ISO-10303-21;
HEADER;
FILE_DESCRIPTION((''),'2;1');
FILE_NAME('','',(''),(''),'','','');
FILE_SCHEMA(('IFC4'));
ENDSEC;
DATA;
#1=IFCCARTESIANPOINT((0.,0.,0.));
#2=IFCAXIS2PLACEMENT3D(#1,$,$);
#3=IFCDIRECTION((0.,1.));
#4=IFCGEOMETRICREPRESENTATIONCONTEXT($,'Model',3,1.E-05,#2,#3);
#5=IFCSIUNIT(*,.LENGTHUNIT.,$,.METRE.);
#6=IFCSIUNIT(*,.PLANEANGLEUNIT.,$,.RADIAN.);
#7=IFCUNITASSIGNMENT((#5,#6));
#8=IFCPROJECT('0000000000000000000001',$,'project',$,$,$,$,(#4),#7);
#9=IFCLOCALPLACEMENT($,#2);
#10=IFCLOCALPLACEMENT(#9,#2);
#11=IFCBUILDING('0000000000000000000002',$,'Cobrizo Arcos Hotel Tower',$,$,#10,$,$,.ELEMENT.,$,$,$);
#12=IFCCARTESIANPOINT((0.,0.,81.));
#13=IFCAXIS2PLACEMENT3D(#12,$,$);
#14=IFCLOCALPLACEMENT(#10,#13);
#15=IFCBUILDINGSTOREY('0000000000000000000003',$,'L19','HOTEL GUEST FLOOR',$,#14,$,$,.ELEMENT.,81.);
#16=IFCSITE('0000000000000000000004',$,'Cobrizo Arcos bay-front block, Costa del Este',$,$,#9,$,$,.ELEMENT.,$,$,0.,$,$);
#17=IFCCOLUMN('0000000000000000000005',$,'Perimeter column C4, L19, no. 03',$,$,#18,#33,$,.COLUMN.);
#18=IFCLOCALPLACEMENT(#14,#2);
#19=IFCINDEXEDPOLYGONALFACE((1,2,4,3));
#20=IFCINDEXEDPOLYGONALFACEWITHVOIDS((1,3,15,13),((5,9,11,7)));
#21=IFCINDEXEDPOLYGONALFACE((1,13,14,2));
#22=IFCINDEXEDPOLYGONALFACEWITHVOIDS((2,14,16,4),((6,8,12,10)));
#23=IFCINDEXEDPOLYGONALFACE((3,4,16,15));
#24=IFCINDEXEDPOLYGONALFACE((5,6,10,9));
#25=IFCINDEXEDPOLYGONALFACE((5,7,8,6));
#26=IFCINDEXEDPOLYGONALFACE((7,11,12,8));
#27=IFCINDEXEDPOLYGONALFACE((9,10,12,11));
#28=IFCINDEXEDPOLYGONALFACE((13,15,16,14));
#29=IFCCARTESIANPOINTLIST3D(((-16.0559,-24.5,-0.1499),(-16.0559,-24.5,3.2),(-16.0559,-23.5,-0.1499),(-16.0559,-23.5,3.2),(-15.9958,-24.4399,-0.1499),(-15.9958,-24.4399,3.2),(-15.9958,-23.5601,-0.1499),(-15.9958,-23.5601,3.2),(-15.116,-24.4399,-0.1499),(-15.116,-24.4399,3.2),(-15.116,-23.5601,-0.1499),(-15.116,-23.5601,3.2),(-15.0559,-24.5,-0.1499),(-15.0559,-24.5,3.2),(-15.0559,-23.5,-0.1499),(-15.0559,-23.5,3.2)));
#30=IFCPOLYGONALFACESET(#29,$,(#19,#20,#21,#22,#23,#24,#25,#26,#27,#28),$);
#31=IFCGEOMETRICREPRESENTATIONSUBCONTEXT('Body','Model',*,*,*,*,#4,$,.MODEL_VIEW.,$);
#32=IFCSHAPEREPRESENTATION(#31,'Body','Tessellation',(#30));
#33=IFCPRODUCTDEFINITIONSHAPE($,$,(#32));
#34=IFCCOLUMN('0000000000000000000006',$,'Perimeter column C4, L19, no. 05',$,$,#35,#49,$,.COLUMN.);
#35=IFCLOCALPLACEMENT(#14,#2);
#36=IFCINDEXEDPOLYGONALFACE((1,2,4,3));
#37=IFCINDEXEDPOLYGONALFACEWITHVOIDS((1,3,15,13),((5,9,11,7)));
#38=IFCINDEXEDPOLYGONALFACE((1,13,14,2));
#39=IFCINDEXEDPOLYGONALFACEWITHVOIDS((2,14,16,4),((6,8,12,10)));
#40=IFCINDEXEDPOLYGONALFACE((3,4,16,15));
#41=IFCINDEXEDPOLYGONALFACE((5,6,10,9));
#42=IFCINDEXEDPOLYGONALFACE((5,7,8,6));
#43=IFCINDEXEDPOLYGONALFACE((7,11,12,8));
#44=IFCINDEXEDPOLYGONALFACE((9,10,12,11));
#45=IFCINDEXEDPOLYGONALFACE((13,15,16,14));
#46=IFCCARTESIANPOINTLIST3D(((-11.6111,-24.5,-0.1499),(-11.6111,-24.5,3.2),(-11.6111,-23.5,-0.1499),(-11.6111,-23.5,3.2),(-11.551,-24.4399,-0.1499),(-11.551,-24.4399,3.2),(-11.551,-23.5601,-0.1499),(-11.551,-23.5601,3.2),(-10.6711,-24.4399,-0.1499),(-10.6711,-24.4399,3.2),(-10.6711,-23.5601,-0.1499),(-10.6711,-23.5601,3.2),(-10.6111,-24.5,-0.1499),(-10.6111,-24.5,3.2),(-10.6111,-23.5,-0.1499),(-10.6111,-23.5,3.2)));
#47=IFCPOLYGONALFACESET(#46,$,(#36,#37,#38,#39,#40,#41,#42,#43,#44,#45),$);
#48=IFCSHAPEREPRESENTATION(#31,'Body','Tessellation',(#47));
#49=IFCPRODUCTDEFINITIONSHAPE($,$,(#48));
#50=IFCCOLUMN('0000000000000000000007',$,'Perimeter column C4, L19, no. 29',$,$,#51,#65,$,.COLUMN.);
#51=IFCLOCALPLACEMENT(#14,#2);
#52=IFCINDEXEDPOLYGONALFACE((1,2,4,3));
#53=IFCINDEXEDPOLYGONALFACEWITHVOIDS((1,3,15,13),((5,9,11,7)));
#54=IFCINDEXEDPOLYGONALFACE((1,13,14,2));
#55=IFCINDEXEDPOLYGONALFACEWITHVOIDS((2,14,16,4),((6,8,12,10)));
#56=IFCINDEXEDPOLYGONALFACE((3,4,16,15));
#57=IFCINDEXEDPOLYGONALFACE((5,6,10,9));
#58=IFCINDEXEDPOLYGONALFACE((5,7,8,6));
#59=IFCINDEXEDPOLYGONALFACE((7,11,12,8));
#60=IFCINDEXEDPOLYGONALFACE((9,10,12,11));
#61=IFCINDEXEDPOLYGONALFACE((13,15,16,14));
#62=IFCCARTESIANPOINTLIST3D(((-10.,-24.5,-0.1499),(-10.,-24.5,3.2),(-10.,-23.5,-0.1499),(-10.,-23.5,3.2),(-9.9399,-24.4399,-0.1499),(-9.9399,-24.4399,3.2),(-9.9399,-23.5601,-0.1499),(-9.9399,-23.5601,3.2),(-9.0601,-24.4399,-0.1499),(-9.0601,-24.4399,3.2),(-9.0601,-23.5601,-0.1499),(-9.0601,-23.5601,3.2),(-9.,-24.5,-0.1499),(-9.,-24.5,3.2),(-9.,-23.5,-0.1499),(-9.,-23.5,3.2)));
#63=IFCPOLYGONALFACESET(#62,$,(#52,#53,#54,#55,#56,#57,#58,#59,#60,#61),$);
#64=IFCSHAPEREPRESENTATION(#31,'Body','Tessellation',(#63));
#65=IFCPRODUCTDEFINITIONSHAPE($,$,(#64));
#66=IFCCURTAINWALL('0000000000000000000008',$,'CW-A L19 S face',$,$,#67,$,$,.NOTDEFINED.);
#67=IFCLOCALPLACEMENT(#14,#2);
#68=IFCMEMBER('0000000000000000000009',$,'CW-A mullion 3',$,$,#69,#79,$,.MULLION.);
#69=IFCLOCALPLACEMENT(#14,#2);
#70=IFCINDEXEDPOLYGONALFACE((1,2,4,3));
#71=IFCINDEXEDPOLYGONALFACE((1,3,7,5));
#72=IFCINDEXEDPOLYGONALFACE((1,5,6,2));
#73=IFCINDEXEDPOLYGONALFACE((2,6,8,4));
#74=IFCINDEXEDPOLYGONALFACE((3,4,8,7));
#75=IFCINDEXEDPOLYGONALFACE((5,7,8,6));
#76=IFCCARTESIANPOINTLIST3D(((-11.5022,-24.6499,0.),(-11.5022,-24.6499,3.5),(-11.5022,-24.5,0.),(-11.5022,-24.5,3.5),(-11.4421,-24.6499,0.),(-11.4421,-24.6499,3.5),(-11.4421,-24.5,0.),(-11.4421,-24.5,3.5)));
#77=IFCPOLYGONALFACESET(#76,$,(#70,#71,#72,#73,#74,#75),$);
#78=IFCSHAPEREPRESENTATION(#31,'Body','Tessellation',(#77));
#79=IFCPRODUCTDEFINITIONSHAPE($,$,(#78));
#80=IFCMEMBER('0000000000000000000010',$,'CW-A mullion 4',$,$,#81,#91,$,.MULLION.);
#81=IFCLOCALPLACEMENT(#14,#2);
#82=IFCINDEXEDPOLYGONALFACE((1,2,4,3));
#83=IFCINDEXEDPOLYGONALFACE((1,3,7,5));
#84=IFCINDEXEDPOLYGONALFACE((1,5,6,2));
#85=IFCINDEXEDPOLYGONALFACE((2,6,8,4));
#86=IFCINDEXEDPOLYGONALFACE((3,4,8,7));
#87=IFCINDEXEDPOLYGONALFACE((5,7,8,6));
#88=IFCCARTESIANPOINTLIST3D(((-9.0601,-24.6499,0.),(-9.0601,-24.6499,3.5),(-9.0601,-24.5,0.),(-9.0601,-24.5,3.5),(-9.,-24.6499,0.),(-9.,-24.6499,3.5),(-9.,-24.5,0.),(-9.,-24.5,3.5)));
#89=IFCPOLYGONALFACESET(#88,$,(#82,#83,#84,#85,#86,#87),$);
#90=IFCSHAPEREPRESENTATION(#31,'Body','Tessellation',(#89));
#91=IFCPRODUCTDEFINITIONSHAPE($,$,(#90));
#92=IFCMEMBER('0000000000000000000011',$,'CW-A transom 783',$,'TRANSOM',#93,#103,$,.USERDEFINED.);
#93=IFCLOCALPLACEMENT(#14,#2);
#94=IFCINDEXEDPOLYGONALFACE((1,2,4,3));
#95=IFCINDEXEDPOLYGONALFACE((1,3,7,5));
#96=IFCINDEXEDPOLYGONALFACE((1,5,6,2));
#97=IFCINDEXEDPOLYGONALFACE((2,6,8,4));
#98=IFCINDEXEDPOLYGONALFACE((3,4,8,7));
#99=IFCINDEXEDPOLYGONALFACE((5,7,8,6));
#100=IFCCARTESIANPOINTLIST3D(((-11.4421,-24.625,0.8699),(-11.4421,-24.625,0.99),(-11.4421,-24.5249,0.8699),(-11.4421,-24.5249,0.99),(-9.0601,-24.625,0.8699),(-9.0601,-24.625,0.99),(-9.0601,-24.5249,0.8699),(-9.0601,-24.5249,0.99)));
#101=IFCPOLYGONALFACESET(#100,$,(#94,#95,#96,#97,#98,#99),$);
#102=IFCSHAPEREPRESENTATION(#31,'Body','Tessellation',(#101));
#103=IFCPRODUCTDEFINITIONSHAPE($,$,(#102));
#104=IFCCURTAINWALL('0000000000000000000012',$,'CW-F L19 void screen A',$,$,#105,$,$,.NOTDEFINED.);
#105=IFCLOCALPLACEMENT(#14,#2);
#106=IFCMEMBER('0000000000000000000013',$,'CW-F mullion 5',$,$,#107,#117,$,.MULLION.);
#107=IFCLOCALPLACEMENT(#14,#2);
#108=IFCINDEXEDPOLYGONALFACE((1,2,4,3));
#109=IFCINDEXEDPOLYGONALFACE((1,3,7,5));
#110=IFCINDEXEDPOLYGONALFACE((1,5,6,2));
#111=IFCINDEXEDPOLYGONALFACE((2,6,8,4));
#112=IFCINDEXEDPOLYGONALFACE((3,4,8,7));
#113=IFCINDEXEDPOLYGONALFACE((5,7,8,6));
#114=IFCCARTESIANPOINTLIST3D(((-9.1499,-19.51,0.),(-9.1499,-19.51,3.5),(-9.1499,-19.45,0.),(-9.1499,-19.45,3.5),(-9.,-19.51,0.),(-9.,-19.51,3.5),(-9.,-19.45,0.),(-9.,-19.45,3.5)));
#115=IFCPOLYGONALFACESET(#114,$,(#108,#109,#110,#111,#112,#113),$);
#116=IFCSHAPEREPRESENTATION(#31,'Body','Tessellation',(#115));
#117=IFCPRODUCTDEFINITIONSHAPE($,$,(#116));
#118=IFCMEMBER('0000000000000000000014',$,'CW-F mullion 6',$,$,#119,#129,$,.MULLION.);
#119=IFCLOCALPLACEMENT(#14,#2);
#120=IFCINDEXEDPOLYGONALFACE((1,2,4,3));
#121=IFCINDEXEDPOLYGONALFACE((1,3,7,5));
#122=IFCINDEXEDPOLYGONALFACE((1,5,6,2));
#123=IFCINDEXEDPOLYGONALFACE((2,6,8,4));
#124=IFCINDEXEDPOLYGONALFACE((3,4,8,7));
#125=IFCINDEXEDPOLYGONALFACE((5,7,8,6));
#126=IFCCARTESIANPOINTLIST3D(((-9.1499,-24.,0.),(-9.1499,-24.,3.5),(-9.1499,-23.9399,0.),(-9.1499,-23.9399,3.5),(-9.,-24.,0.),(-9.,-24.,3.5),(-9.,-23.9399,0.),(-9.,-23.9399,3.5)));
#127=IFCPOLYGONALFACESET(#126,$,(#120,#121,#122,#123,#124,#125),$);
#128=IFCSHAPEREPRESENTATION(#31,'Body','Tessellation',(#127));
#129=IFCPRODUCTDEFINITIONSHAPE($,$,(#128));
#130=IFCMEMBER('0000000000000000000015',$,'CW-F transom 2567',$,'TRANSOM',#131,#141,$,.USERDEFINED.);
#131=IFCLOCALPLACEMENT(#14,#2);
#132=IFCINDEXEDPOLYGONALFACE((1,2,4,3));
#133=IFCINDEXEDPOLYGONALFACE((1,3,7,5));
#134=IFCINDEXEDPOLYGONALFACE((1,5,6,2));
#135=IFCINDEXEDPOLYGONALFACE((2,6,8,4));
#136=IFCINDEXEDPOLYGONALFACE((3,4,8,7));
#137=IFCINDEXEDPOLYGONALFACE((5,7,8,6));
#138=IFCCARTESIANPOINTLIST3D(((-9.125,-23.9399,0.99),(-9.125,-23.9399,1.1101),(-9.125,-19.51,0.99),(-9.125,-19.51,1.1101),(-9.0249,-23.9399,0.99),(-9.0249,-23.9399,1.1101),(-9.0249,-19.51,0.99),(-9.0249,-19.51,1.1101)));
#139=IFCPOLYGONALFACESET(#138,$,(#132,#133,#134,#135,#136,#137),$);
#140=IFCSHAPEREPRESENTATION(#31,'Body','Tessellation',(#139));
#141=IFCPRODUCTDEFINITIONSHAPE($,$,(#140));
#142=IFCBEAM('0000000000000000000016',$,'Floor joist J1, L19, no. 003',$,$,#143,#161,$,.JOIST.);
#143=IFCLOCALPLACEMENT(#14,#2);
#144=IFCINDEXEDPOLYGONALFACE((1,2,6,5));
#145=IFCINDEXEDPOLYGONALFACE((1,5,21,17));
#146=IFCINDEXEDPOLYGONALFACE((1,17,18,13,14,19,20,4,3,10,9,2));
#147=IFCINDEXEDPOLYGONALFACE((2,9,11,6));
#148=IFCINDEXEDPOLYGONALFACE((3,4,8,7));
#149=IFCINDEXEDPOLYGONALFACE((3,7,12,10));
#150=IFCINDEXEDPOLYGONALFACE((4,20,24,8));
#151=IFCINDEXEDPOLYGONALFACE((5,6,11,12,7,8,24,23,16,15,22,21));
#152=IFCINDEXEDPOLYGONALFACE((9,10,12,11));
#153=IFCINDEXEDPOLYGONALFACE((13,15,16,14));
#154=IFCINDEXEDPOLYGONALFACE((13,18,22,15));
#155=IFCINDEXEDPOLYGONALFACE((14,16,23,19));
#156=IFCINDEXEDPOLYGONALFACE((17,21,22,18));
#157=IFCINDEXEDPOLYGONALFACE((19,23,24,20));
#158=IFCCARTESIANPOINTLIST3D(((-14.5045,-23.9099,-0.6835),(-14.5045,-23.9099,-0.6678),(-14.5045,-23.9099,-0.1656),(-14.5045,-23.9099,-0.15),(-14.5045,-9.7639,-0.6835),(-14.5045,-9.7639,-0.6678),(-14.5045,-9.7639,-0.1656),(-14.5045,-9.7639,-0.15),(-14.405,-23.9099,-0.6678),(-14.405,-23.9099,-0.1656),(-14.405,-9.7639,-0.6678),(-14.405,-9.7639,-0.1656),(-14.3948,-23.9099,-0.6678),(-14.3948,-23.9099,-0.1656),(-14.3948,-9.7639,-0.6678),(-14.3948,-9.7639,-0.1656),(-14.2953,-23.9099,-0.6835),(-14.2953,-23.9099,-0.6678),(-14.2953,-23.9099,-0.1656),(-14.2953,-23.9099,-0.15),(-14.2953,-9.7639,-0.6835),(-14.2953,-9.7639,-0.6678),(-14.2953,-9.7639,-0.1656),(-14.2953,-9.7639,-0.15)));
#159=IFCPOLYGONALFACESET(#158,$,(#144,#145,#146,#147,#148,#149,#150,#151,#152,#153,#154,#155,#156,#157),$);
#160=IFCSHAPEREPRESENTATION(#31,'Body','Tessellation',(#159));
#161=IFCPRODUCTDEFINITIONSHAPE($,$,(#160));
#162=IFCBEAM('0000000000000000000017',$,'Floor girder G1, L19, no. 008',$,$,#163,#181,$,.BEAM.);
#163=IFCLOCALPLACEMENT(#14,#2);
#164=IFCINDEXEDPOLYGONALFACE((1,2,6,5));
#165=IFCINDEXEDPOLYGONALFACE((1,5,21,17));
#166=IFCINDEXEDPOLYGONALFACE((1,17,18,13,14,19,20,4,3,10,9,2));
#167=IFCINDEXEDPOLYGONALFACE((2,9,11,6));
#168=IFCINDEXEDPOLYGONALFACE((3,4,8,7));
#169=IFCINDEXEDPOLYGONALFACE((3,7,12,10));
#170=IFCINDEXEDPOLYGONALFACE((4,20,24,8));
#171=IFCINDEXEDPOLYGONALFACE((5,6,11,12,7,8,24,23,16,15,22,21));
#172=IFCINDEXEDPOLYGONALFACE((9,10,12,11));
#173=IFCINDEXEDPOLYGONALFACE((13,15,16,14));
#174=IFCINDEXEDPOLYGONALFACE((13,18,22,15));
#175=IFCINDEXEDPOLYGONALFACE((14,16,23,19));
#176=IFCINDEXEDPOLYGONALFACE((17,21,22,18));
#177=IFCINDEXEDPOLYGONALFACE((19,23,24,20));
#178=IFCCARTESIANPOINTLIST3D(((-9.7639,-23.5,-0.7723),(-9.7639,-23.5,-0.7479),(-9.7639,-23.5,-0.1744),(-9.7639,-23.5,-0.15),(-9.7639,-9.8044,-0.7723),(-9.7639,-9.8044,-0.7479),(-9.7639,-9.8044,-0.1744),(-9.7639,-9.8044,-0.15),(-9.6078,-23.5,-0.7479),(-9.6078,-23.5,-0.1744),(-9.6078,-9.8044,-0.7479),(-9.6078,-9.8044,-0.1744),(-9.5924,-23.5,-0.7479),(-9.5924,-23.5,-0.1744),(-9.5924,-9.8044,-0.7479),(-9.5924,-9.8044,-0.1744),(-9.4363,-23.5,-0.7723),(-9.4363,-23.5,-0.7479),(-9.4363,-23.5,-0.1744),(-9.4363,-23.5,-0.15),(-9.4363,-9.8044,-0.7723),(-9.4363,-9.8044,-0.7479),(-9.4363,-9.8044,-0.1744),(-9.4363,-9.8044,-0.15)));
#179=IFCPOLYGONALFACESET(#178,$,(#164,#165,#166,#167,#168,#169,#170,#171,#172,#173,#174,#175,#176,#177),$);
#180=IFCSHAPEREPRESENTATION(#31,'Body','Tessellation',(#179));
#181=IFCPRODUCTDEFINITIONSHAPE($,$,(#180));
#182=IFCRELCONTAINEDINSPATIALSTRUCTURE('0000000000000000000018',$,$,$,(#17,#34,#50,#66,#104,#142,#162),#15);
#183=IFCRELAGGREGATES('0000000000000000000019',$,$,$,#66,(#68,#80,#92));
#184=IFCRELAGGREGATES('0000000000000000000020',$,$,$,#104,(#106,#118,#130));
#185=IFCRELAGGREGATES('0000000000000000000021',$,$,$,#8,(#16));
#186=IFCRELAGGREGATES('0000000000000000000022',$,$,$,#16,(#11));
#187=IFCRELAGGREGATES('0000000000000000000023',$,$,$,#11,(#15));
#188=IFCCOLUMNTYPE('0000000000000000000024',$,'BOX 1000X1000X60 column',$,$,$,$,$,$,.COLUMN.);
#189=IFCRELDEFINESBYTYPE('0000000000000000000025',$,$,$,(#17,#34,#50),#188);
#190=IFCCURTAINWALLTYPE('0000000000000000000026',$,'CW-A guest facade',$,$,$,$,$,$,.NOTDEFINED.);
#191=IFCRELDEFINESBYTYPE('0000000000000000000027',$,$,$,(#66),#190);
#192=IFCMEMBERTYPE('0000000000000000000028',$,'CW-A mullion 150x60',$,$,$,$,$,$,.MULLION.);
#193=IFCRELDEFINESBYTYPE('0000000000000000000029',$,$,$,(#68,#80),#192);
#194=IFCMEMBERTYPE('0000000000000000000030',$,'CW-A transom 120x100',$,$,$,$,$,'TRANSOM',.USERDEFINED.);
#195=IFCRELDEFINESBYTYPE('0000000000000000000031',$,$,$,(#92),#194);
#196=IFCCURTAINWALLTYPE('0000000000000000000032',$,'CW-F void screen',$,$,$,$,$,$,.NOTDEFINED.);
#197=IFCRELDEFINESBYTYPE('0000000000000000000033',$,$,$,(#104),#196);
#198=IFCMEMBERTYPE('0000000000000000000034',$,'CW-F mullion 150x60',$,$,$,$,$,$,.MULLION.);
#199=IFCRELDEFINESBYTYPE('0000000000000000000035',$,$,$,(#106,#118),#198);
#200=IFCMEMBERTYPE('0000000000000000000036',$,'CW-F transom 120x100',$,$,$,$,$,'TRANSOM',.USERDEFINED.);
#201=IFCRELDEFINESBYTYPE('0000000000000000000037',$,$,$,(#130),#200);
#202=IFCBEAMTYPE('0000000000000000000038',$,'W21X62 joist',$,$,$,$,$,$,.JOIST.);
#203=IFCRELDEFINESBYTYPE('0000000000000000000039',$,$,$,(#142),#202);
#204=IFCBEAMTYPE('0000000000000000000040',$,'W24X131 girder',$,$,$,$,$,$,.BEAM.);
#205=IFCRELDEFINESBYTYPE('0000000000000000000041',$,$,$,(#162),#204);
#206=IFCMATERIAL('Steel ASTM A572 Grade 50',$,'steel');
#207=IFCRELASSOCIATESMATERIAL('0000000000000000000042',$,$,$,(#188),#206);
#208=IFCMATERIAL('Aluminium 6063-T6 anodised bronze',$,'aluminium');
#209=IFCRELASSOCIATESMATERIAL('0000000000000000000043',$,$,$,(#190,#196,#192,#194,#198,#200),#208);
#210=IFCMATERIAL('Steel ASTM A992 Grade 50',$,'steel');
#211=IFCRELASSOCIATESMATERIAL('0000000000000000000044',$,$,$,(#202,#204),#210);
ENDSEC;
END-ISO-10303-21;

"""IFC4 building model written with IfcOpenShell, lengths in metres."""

from ifc_helpers import new_model, si_unit, direction, frame, origin, origin_2d, place, context, subcontext, project, spatial, rectangle, hollow_rectangle, i_section, extrude, material, material_profile, profile_set, type_object, element, aggregate, save


model = new_model("IFC4")

# Units and contexts
model_context = context("Model", 3, precision=1e-05, world=origin(), true_north=direction((0.0, 1.0)))
body_context = subcontext(model_context, "Body", "Model", "MODEL_VIEW")
ifc_project = project(units=[si_unit("LENGTHUNIT", "METRE"), si_unit("PLANEANGLEUNIT", "RADIAN")], contexts=[model_context])

# Site, building, storey
site_placement = place(None, origin())
site = spatial("IfcSite", under=ifc_project, at=site_placement, Name="Cobrizo Arcos bay-front block, Costa del Este", CompositionType="ELEMENT", RefElevation=0.0)
building_placement = place(site_placement, origin())
building = spatial("IfcBuilding", under=site, at=building_placement, Name="Cobrizo Arcos Hotel Tower", CompositionType="ELEMENT")
storey_placement = place(building_placement, frame((0.0, 0.0, 81.0)))
storey = spatial("IfcBuildingStorey", under=building, at=storey_placement, Name="L19", Description="HOTEL GUEST FLOOR", CompositionType="ELEMENT", Elevation=81.0)

# Columns
ifc_material_1 = material(Name="Steel ASTM A572 Grade 50", Category="steel")
ifc_material_profile_1 = material_profile(ifc_material_1, hollow_rectangle(XDim=1.0, YDim=1.0, WallThickness=0.0601, at=origin_2d()), Name="BOX 1000X1000X60")
ifc_profile_set_1 = profile_set([ifc_material_profile_1], Name="Steel ASTM A572 Grade 50")
column_type = type_object("IfcColumnType", Name="BOX 1000X1000X60 column", PredefinedType="COLUMN", material=ifc_profile_set_1)
for number, where, z_axis, x_axis, name in (
    (1, (-15.5559, -24.0, -0.1499), (0.0, 0.0, 1.0), (1.0, 0.0, 0.0), "Perimeter column C4, L19, no. 03"),
    (2, (-11.1111, -24.0, -0.1499), (0.0, 0.0, 1.0), (1.0, 0.0, 0.0), "Perimeter column C4, L19, no. 05"),
    (3, (-9.5, -24.0, -0.1499), (0.0, 0.0, 1.0), (1.0, 0.0, 0.0), "Perimeter column C4, L19, no. 29"),
):
    element("IfcColumn", number, at=place(storey_placement, frame(where, z_axis=z_axis, x_axis=x_axis)), inside=storey, type_object=column_type, Name=name, PredefinedType="COLUMN", context=body_context, shape_type="SweptSolid", body=[
        extrude(hollow_rectangle(XDim=1.0, YDim=1.0, WallThickness=0.0601, at=origin_2d()), origin(), (0.0, 0.0, 1.0), 3.3499),
    ])

# Curtain walls, members
ifc_material_2 = material(Name="Aluminium 6063-T6 anodised bronze", Category="aluminium")
curtain_wall_type_1 = type_object("IfcCurtainWallType", Name="CW-A guest facade", PredefinedType="NOTDEFINED", material=ifc_material_2)
curtain_wall_1_placement = place(storey_placement, origin())
curtain_wall_1 = element("IfcCurtainWall", 4, at=curtain_wall_1_placement, inside=storey, type_object=curtain_wall_type_1, Name="CW-A L19 S face", PredefinedType="NOTDEFINED")
ifc_material_profile_2 = material_profile(ifc_material_2, rectangle(XDim=0.1499, YDim=0.0601, at=origin_2d()), Name="CW-A mullion 150x60")
ifc_profile_set_2 = profile_set([ifc_material_profile_2], Name="Aluminium 6063-T6 anodised bronze")
member_type_1 = type_object("IfcMemberType", Name="CW-A mullion 150x60", PredefinedType="MULLION", material=ifc_profile_set_2)
member_1_placement = place(storey_placement, frame((-11.4722, -24.575, 0.0), z_axis=(0.0, 0.0, 1.0), x_axis=(0.0, -1.0, 0.0)))
member_1 = element("IfcMember", 5, at=member_1_placement, type_object=member_type_1, Name="CW-A mullion 3", PredefinedType="MULLION", context=body_context, shape_type="SweptSolid", body=[
    extrude(rectangle(XDim=0.1499, YDim=0.0601, at=origin_2d()), origin(), (0.0, 0.0, 1.0), 3.5),
])
member_2_placement = place(storey_placement, frame((-9.03, -24.575, 0.0), z_axis=(0.0, 0.0, 1.0), x_axis=(0.0, -1.0, 0.0)))
member_2 = element("IfcMember", 6, at=member_2_placement, type_object=member_type_1, Name="CW-A mullion 4", PredefinedType="MULLION", context=body_context, shape_type="SweptSolid", body=[
    extrude(rectangle(XDim=0.1499, YDim=0.0601, at=origin_2d()), origin(), (0.0, 0.0, 1.0), 3.5),
])
ifc_material_profile_3 = material_profile(ifc_material_2, rectangle(XDim=0.1001, YDim=0.1201, at=origin_2d()), Name="CW-A transom 120x100")
ifc_profile_set_3 = profile_set([ifc_material_profile_3], Name="Aluminium 6063-T6 anodised bronze")
member_type_2 = type_object("IfcMemberType", Name="CW-A transom 120x100", ElementType="TRANSOM", PredefinedType="USERDEFINED", material=ifc_profile_set_3)
member_3_placement = place(storey_placement, frame((-11.4421, -24.575, 0.9299), z_axis=(1.0, 0.0, 0.0), x_axis=(0.0, 1.0, 0.0)))
member_3 = element("IfcMember", 7, at=member_3_placement, type_object=member_type_2, Name="CW-A transom 783", ObjectType="TRANSOM", PredefinedType="USERDEFINED", context=body_context, shape_type="SweptSolid", body=[
    extrude(rectangle(XDim=0.1001, YDim=0.1201, at=origin_2d()), origin(), (0.0, 0.0, 1.0), 2.3821),
])
curtain_wall_type_2 = type_object("IfcCurtainWallType", Name="CW-F void screen", PredefinedType="NOTDEFINED", material=ifc_material_2)
curtain_wall_2_placement = place(storey_placement, origin())
curtain_wall_2 = element("IfcCurtainWall", 8, at=curtain_wall_2_placement, inside=storey, type_object=curtain_wall_type_2, Name="CW-F L19 void screen A", PredefinedType="NOTDEFINED")
ifc_material_profile_4 = material_profile(ifc_material_2, rectangle(XDim=0.1499, YDim=0.0601, at=origin_2d()), Name="CW-F mullion 150x60")
ifc_profile_set_4 = profile_set([ifc_material_profile_4], Name="Aluminium 6063-T6 anodised bronze")
member_type_3 = type_object("IfcMemberType", Name="CW-F mullion 150x60", PredefinedType="MULLION", material=ifc_profile_set_4)
member_4_placement = place(storey_placement, frame((-9.075, -19.48, 0.0), z_axis=(0.0, 0.0, 1.0), x_axis=(-1.0, 0.0, 0.0)))
member_4 = element("IfcMember", 9, at=member_4_placement, type_object=member_type_3, Name="CW-F mullion 5", PredefinedType="MULLION", context=body_context, shape_type="SweptSolid", body=[
    extrude(rectangle(XDim=0.1499, YDim=0.0601, at=origin_2d()), origin(), (0.0, 0.0, 1.0), 3.5),
])
member_5_placement = place(storey_placement, frame((-9.075, -23.97, 0.0), z_axis=(0.0, 0.0, 1.0), x_axis=(-1.0, 0.0, 0.0)))
member_5 = element("IfcMember", 10, at=member_5_placement, type_object=member_type_3, Name="CW-F mullion 6", PredefinedType="MULLION", context=body_context, shape_type="SweptSolid", body=[
    extrude(rectangle(XDim=0.1499, YDim=0.0601, at=origin_2d()), origin(), (0.0, 0.0, 1.0), 3.5),
])
ifc_material_profile_5 = material_profile(ifc_material_2, rectangle(XDim=0.1001, YDim=0.1201, at=origin_2d()), Name="CW-F transom 120x100")
ifc_profile_set_5 = profile_set([ifc_material_profile_5], Name="Aluminium 6063-T6 anodised bronze")
member_type_4 = type_object("IfcMemberType", Name="CW-F transom 120x100", ElementType="TRANSOM", PredefinedType="USERDEFINED", material=ifc_profile_set_5)
member_6_placement = place(storey_placement, frame((-9.075, -19.51, 1.05), z_axis=(0.0, -1.0, 0.0), x_axis=(1.0, 0.0, 0.0)))
member_6 = element("IfcMember", 11, at=member_6_placement, type_object=member_type_4, Name="CW-F transom 2567", ObjectType="TRANSOM", PredefinedType="USERDEFINED", context=body_context, shape_type="SweptSolid", body=[
    extrude(rectangle(XDim=0.1001, YDim=0.1201, at=origin_2d()), origin(), (0.0, 0.0, 1.0), 4.4299),
])

# Beams
ifc_material_3 = material(Name="Steel ASTM A992 Grade 50", Category="steel")
ifc_material_profile_6 = material_profile(ifc_material_3, i_section(OverallWidth=0.2092, OverallDepth=0.5334, WebThickness=0.0103, FlangeThickness=0.0156, at=origin_2d()), Name="W21X62")
ifc_profile_set_6 = profile_set([ifc_material_profile_6], Name="Steel ASTM A992 Grade 50")
beam_type_1 = type_object("IfcBeamType", Name="W21X62 joist", PredefinedType="JOIST", material=ifc_profile_set_6)
beam_1_placement = place(storey_placement, frame((-14.3999, -23.9099, -0.4167), z_axis=(0.0, 1.0, 0.0), x_axis=(-1.0, 0.0, 0.0)))
element("IfcBeam", 12, at=beam_1_placement, inside=storey, type_object=beam_type_1, Name="Floor joist J1, L19, no. 003", PredefinedType="JOIST", context=body_context, shape_type="SweptSolid", body=[
    extrude(i_section(OverallWidth=0.2092, OverallDepth=0.5334, WebThickness=0.0103, FlangeThickness=0.0156, at=origin_2d()), origin(), (0.0, 0.0, 1.0), 14.146),
])
ifc_material_profile_7 = material_profile(ifc_material_3, i_section(OverallWidth=0.3276, OverallDepth=0.6223, WebThickness=0.0154, FlangeThickness=0.0244, at=origin_2d()), Name="W24X131")
ifc_profile_set_7 = profile_set([ifc_material_profile_7], Name="Steel ASTM A992 Grade 50")
beam_type_2 = type_object("IfcBeamType", Name="W24X131 girder", PredefinedType="BEAM", material=ifc_profile_set_7)
beam_2_placement = place(storey_placement, frame((-9.6001, -23.5, -0.4612), z_axis=(0.0, 1.0, 0.0), x_axis=(-1.0, 0.0, 0.0)))
element("IfcBeam", 13, at=beam_2_placement, inside=storey, type_object=beam_type_2, Name="Floor girder G1, L19, no. 008", PredefinedType="BEAM", context=body_context, shape_type="SweptSolid", body=[
    extrude(i_section(OverallWidth=0.3276, OverallDepth=0.6223, WebThickness=0.0154, FlangeThickness=0.0244, at=origin_2d()), origin(), (0.0, 0.0, 1.0), 13.6956),
])

aggregate(curtain_wall_1, [member_1, member_2, member_3])
aggregate(curtain_wall_2, [member_4, member_5, member_6])

save(model, "model.ifc")
